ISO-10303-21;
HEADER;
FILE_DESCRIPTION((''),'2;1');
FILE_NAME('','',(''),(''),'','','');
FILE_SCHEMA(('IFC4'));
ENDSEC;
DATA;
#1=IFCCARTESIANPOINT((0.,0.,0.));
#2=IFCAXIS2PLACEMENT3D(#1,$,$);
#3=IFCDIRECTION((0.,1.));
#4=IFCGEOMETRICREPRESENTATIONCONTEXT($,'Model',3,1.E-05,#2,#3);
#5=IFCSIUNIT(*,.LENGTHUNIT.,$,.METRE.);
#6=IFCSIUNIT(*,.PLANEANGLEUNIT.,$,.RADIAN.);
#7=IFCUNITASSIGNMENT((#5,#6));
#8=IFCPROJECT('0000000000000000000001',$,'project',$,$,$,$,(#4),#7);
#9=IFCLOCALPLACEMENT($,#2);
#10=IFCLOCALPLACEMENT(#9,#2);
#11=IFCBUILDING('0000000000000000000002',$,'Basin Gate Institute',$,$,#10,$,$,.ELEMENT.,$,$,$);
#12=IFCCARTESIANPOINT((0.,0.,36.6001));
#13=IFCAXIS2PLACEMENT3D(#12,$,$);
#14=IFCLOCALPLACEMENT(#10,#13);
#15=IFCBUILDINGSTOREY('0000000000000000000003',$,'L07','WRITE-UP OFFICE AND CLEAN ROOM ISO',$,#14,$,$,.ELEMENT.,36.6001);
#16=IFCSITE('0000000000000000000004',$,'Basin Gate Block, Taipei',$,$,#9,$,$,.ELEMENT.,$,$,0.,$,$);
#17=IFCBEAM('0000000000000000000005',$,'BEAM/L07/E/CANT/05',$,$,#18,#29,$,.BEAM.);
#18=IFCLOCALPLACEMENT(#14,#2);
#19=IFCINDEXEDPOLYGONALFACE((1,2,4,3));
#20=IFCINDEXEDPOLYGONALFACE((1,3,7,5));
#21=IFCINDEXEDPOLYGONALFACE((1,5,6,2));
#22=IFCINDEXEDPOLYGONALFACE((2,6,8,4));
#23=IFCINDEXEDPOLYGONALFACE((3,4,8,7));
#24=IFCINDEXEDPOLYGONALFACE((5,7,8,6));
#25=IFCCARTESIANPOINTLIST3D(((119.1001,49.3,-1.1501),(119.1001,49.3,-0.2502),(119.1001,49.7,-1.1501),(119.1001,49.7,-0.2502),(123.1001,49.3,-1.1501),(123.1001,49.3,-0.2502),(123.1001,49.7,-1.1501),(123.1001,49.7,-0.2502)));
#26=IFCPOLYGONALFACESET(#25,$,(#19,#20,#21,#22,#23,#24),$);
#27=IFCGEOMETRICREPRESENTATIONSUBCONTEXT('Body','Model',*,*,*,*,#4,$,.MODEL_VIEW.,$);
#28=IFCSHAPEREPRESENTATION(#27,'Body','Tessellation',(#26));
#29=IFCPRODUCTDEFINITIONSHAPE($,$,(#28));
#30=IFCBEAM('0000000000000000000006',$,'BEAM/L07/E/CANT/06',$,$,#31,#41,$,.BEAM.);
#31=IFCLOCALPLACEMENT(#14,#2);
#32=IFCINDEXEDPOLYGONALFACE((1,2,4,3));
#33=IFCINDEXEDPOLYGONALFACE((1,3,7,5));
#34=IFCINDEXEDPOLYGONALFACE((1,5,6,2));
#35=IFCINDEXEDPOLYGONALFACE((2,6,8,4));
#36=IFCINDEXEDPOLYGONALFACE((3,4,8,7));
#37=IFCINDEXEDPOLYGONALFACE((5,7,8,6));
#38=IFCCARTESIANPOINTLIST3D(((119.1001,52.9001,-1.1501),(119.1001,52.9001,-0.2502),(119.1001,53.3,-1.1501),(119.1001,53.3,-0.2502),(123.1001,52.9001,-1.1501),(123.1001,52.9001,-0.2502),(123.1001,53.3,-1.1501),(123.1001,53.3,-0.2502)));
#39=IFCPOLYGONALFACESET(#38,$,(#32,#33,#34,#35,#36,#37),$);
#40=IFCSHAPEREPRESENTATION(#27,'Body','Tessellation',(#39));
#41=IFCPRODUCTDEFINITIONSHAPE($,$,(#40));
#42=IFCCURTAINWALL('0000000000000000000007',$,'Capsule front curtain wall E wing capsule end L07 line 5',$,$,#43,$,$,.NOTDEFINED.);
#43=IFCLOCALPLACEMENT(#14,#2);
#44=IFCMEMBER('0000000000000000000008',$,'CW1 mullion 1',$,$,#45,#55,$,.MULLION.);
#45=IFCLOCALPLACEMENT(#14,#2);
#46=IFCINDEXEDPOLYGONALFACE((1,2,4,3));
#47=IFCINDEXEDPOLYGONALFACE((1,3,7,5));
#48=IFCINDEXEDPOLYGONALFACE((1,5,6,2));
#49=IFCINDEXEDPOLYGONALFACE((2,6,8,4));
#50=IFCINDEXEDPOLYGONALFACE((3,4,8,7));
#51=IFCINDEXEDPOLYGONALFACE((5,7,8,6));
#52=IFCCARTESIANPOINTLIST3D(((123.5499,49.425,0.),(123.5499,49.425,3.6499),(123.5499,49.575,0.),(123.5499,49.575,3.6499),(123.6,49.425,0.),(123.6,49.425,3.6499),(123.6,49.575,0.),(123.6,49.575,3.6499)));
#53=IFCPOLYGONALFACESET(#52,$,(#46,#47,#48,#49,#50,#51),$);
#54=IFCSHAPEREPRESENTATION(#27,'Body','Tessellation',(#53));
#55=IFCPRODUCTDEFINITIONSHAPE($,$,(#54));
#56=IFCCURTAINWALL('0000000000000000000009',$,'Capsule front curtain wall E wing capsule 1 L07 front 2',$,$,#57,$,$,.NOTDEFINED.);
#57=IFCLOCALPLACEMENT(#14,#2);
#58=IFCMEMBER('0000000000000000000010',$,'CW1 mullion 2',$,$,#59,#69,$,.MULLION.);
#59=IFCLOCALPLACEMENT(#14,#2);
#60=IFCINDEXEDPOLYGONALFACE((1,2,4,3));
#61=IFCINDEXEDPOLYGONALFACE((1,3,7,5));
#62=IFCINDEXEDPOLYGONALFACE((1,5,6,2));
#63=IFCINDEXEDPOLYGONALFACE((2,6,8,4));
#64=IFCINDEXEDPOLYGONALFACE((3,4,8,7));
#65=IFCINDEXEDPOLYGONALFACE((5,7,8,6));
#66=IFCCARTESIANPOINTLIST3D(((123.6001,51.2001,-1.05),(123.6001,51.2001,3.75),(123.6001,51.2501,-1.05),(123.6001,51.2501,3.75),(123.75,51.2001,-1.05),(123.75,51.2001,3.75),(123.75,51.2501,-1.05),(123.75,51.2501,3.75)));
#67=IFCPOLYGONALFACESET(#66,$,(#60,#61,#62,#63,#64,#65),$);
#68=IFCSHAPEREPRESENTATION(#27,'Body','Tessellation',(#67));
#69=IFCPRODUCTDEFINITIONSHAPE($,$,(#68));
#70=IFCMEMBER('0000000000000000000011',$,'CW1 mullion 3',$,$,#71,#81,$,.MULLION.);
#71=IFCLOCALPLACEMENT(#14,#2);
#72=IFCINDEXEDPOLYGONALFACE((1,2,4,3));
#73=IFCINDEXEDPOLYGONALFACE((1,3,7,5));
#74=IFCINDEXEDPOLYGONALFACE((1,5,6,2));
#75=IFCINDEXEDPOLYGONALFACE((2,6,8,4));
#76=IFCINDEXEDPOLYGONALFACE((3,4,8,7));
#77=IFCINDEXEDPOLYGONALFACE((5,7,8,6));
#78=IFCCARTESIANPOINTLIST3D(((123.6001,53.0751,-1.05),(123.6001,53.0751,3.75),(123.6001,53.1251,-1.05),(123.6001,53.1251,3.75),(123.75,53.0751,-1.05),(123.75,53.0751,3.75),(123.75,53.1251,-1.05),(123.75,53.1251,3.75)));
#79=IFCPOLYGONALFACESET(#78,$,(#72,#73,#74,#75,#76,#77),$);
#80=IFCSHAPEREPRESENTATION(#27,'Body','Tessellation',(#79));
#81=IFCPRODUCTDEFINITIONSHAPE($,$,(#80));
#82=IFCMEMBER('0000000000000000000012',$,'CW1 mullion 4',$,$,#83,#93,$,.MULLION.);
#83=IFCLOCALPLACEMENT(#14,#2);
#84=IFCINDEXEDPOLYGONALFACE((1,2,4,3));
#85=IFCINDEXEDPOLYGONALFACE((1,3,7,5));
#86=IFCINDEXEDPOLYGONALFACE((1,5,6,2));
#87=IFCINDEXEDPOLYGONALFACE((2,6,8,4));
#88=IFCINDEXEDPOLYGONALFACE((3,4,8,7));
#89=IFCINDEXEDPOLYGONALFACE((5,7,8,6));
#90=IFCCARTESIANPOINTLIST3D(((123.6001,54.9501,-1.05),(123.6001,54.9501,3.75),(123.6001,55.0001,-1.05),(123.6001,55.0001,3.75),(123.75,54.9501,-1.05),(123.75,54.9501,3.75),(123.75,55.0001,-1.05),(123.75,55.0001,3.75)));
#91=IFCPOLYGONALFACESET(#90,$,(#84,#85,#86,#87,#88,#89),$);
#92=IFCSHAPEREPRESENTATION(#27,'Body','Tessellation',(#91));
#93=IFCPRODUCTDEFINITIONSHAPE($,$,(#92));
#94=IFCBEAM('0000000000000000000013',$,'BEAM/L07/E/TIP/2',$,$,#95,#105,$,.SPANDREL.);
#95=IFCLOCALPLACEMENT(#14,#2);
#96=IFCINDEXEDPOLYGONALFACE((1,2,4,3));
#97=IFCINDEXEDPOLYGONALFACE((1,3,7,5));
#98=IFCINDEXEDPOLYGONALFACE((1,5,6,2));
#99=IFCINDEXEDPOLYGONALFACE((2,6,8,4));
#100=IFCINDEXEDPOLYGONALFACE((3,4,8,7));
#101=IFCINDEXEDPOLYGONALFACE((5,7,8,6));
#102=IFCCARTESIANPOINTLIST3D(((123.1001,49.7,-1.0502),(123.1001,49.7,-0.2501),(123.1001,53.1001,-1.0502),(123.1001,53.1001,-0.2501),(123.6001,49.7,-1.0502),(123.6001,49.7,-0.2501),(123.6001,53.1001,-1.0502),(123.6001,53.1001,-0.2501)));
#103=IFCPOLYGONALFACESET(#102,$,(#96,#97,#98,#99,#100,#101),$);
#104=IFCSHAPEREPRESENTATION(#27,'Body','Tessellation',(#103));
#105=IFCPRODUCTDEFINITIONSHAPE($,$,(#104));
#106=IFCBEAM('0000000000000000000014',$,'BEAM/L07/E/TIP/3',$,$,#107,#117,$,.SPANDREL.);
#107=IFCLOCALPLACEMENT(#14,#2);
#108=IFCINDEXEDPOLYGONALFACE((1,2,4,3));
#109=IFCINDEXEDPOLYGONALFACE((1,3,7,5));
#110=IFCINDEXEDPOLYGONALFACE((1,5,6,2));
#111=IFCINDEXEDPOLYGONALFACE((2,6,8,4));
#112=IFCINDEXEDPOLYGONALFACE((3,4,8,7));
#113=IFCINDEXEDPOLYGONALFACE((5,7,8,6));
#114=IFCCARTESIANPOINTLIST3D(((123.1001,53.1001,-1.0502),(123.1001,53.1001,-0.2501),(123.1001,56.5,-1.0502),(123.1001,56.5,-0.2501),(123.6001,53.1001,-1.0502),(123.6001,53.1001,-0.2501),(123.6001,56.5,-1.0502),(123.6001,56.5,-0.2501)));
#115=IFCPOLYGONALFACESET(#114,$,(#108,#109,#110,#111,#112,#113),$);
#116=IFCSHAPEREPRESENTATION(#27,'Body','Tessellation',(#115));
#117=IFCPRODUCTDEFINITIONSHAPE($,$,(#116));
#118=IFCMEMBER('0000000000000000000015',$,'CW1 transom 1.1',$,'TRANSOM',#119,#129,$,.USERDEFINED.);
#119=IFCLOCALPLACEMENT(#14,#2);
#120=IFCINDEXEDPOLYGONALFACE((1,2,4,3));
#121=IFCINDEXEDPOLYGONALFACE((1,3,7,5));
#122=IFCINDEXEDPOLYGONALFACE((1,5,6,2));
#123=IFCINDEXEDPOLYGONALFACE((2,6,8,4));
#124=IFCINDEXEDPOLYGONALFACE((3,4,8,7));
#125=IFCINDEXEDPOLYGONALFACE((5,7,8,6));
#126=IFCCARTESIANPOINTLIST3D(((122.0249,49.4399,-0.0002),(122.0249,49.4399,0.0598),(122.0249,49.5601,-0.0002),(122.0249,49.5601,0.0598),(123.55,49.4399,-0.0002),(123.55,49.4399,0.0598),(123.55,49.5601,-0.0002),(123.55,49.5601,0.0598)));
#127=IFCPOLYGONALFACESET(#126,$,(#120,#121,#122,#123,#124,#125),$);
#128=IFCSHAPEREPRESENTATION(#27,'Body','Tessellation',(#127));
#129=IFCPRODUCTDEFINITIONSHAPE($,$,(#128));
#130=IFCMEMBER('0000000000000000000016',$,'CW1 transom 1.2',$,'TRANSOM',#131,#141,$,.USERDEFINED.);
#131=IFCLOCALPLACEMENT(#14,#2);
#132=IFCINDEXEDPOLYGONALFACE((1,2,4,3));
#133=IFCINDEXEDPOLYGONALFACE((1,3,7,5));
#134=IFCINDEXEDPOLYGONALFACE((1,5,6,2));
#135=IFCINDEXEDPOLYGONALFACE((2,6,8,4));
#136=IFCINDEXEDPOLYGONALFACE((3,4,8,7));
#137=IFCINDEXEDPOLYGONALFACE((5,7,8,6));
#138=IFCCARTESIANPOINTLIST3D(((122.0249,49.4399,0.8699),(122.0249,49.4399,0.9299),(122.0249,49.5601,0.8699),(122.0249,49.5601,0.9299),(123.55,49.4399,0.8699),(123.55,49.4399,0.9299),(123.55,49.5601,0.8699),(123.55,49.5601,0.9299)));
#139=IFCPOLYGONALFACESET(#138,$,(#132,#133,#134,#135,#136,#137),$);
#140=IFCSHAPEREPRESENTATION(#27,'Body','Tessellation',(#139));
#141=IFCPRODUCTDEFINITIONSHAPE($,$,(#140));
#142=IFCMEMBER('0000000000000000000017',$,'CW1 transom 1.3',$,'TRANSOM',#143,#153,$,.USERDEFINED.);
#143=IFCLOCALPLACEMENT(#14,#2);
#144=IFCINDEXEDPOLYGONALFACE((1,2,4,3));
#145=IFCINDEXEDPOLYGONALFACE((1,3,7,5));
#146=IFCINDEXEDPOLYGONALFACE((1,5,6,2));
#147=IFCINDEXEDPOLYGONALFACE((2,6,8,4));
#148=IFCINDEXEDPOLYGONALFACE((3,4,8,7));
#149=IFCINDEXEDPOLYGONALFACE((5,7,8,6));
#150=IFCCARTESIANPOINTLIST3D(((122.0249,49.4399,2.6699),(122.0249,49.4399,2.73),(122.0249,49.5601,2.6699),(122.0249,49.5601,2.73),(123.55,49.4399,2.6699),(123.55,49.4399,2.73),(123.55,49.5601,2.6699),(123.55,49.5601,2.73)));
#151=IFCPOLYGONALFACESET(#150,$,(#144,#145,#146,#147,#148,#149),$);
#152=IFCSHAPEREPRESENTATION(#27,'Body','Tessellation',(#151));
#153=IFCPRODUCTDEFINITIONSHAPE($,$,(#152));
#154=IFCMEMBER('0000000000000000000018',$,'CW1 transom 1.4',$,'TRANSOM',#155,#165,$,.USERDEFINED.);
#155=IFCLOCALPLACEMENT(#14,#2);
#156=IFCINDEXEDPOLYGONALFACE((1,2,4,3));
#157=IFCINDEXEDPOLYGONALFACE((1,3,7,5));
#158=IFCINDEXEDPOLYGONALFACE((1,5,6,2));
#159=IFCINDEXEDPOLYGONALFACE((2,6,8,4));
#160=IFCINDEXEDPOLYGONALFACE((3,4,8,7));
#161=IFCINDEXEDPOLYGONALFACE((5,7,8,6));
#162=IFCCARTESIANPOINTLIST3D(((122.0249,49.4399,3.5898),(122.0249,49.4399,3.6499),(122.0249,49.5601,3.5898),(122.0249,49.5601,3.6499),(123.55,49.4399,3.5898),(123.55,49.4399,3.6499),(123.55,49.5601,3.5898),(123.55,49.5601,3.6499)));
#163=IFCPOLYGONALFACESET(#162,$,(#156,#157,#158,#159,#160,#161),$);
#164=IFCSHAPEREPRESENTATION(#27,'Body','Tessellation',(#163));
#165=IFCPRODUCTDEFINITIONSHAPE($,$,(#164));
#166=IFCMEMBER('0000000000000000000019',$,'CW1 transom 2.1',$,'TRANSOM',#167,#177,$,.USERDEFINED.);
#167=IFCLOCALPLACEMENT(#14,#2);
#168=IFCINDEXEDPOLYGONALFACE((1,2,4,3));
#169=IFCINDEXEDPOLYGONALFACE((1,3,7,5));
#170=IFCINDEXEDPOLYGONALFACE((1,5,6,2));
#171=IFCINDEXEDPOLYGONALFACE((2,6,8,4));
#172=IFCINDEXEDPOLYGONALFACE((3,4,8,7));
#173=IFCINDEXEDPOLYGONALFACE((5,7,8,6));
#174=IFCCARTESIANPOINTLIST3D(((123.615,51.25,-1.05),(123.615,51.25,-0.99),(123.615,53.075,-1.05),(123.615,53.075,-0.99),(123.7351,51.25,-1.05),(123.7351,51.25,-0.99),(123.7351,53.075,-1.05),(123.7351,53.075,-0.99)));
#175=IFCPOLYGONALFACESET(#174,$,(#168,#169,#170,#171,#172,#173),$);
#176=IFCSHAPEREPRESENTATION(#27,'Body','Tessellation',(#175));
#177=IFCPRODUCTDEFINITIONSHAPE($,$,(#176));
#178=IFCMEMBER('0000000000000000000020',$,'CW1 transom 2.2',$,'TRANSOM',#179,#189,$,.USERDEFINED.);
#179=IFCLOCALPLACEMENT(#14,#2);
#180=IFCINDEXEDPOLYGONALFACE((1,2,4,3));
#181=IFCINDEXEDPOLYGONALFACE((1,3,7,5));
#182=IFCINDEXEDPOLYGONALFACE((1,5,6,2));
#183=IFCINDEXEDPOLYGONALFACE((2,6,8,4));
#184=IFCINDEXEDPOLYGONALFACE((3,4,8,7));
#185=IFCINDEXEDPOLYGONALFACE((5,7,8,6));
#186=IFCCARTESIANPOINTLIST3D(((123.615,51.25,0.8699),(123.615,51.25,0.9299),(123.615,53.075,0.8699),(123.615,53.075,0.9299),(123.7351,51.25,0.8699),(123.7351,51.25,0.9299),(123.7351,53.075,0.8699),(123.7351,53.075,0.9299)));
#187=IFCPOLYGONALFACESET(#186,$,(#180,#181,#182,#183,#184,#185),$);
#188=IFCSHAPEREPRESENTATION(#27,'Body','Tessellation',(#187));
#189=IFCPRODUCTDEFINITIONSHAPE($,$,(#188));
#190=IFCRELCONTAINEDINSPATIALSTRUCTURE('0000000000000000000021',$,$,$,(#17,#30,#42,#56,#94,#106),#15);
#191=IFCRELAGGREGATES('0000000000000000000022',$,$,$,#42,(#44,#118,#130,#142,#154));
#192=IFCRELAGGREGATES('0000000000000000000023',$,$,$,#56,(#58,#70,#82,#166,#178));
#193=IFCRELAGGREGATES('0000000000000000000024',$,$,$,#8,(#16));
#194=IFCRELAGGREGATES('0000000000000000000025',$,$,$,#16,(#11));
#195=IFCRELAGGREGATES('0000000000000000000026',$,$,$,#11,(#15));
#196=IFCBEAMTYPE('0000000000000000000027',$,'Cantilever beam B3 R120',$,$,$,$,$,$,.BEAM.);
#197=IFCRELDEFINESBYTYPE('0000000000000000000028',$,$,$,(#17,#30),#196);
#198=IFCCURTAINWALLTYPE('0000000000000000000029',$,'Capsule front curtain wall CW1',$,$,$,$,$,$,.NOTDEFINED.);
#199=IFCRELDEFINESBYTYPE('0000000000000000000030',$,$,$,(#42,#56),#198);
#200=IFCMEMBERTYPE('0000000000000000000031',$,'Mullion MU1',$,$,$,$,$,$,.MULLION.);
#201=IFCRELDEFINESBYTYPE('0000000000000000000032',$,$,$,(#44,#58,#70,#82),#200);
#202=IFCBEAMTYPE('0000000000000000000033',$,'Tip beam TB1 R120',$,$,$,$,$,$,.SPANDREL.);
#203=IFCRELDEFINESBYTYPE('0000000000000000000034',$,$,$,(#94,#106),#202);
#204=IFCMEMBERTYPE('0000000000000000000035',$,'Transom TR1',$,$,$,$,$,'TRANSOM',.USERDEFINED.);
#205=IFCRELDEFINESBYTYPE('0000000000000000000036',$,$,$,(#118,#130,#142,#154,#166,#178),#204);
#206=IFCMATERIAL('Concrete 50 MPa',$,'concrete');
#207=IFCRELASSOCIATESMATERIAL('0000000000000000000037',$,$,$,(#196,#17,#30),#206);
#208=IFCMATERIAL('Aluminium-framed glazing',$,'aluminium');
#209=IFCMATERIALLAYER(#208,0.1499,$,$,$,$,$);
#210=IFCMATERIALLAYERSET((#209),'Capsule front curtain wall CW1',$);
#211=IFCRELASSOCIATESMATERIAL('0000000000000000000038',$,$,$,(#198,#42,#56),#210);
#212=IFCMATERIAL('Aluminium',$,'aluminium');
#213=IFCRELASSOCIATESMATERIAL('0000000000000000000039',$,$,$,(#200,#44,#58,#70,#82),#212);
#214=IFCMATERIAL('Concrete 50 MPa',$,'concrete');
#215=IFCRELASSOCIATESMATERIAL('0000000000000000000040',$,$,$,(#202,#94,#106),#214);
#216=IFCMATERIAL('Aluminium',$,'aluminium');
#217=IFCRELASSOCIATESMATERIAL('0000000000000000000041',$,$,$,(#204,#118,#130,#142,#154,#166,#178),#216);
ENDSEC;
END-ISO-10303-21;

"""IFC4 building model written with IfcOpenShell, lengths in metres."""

from ifc_helpers import new_model, si_unit, direction, frame, origin, origin_2d, place, context, subcontext, project, spatial, rectangle, extrude, material, layer, layer_set, material_profile, profile_set, type_object, element, aggregate, save


model = new_model("IFC4")

# Units and contexts
model_context = context("Model", 3, precision=1e-05, world=origin(), true_north=direction((0.0, 1.0)))
body_context = subcontext(model_context, "Body", "Model", "MODEL_VIEW")
ifc_project = project(units=[si_unit("LENGTHUNIT", "METRE"), si_unit("PLANEANGLEUNIT", "RADIAN")], contexts=[model_context])

# Site, building, storey
site_placement = place(None, origin())
site = spatial("IfcSite", under=ifc_project, at=site_placement, Name="Basin Gate Block, Taipei", CompositionType="ELEMENT", RefElevation=0.0)
building_placement = place(site_placement, origin())
building = spatial("IfcBuilding", under=site, at=building_placement, Name="Basin Gate Institute", CompositionType="ELEMENT")
storey_placement = place(building_placement, frame((0.0, 0.0, 36.6001)))
storey = spatial("IfcBuildingStorey", under=building, at=storey_placement, Name="L07", Description="WRITE-UP OFFICE AND CLEAN ROOM ISO", CompositionType="ELEMENT", Elevation=36.6001)

# Beams
ifc_material_1 = material(Name="Concrete 50 MPa", Category="concrete")
ifc_material_profile_1 = material_profile(ifc_material_1, rectangle(XDim=0.3999, YDim=0.8999, at=origin_2d()), Name="Cantilever beam B3 400 x 900")
ifc_profile_set_1 = profile_set([ifc_material_profile_1], Name="Concrete 50 MPa")
beam_type_1 = type_object("IfcBeamType", Name="Cantilever beam B3 R120", PredefinedType="BEAM", material=ifc_profile_set_1)
for number, where, z_axis, x_axis, name in (
    (1, (123.1001, 49.5, -0.7002), (-1.0, 0.0, 0.0), (0.0, -1.0, 0.0), "BEAM/L07/E/CANT/05"),
    (2, (123.1001, 53.1001, -0.7002), (-1.0, 0.0, 0.0), (0.0, -1.0, 0.0), "BEAM/L07/E/CANT/06"),
):
    element("IfcBeam", number, at=place(storey_placement, frame(where, z_axis=z_axis, x_axis=x_axis)), inside=storey, type_object=beam_type_1, material=ifc_profile_set_1, Name=name, PredefinedType="BEAM", context=body_context, shape_type="SweptSolid", body=[
        extrude(rectangle(XDim=0.3999, YDim=0.8999, at=origin_2d()), origin(), (0.0, 0.0, 1.0), 4.0),
    ])

# Curtain wall, member
ifc_material_2 = material(Name="Aluminium-framed glazing", Category="aluminium")
ifc_layer_1 = layer(ifc_material_2, 0.1499)
ifc_layer_set_1 = layer_set([ifc_layer_1], Name="Capsule front curtain wall CW1")
curtain_wall_type = type_object("IfcCurtainWallType", Name="Capsule front curtain wall CW1", PredefinedType="NOTDEFINED", material=ifc_layer_set_1)
curtain_wall_1_placement = place(storey_placement, origin())
curtain_wall_1 = element("IfcCurtainWall", 3, at=curtain_wall_1_placement, inside=storey, type_object=curtain_wall_type, material=ifc_layer_set_1, Name="Capsule front curtain wall E wing capsule end L07 line 5", PredefinedType="NOTDEFINED")
ifc_material_3 = material(Name="Aluminium", Category="aluminium")
ifc_material_profile_2 = material_profile(ifc_material_3, rectangle(XDim=0.1499, YDim=0.05, at=origin_2d()), Name="Mullion MU1 150 x 50")
ifc_profile_set_2 = profile_set([ifc_material_profile_2], Name="Aluminium")
member_type_1 = type_object("IfcMemberType", Name="Mullion MU1", PredefinedType="MULLION", material=ifc_profile_set_2)
member_1_placement = place(storey_placement, frame((123.575, 49.5, 0.0), z_axis=(0.0, 0.0, 1.0), x_axis=(0.0, -1.0, 0.0)))
member_1 = element("IfcMember", 4, at=member_1_placement, type_object=member_type_1, material=ifc_profile_set_2, Name="CW1 mullion 1", PredefinedType="MULLION", context=body_context, shape_type="SweptSolid", body=[
    extrude(rectangle(XDim=0.1499, YDim=0.05, at=origin_2d()), origin(), (0.0, 0.0, 1.0), 3.6499),
])

# Curtain wall, members
curtain_wall_2_placement = place(storey_placement, origin())
curtain_wall_2 = element("IfcCurtainWall", 5, at=curtain_wall_2_placement, inside=storey, type_object=curtain_wall_type, material=ifc_layer_set_1, Name="Capsule front curtain wall E wing capsule 1 L07 front 2", PredefinedType="NOTDEFINED")
member_2_placement = place(storey_placement, frame((123.675, 51.2251, -1.05), z_axis=(0.0, 0.0, 1.0), x_axis=(-1.0, 0.0, 0.0)))
member_2 = element("IfcMember", 6, at=member_2_placement, type_object=member_type_1, material=ifc_profile_set_2, Name="CW1 mullion 2", PredefinedType="MULLION", context=body_context, shape_type="SweptSolid", body=[
    extrude(rectangle(XDim=0.1499, YDim=0.05, at=origin_2d()), origin(), (0.0, 0.0, 1.0), 4.8),
])
member_3_placement = place(storey_placement, frame((123.675, 53.1001, -1.05), z_axis=(0.0, 0.0, 1.0), x_axis=(-1.0, 0.0, 0.0)))
member_3 = element("IfcMember", 7, at=member_3_placement, type_object=member_type_1, material=ifc_profile_set_2, Name="CW1 mullion 3", PredefinedType="MULLION", context=body_context, shape_type="SweptSolid", body=[
    extrude(rectangle(XDim=0.1499, YDim=0.05, at=origin_2d()), origin(), (0.0, 0.0, 1.0), 4.8),
])
member_4_placement = place(storey_placement, frame((123.675, 54.9751, -1.05), z_axis=(0.0, 0.0, 1.0), x_axis=(-1.0, 0.0, 0.0)))
member_4 = element("IfcMember", 8, at=member_4_placement, type_object=member_type_1, material=ifc_profile_set_2, Name="CW1 mullion 4", PredefinedType="MULLION", context=body_context, shape_type="SweptSolid", body=[
    extrude(rectangle(XDim=0.1499, YDim=0.05, at=origin_2d()), origin(), (0.0, 0.0, 1.0), 4.8),
])

# Beams
ifc_material_4 = material(Name="Concrete 50 MPa", Category="concrete")
ifc_material_profile_3 = material_profile(ifc_material_4, rectangle(XDim=0.5, YDim=0.8, at=origin_2d()), Name="Tip beam TB1 500 x 800")
ifc_profile_set_3 = profile_set([ifc_material_profile_3], Name="Concrete 50 MPa")
beam_type_2 = type_object("IfcBeamType", Name="Tip beam TB1 R120", PredefinedType="SPANDREL", material=ifc_profile_set_3)
beam_1_placement = place(storey_placement, frame((123.3501, 49.7, -0.6501), z_axis=(0.0, 1.0, 0.0), x_axis=(-1.0, 0.0, 0.0)))
element("IfcBeam", 9, at=beam_1_placement, inside=storey, type_object=beam_type_2, material=ifc_profile_set_3, Name="BEAM/L07/E/TIP/2", PredefinedType="SPANDREL", context=body_context, shape_type="SweptSolid", body=[
    extrude(rectangle(XDim=0.5, YDim=0.8, at=origin_2d()), origin(), (0.0, 0.0, 1.0), 3.4001),
])
beam_2_placement = place(storey_placement, frame((123.3501, 53.1001, -0.6501), z_axis=(0.0, 1.0, 0.0), x_axis=(-1.0, 0.0, 0.0)))
element("IfcBeam", 10, at=beam_2_placement, inside=storey, type_object=beam_type_2, material=ifc_profile_set_3, Name="BEAM/L07/E/TIP/3", PredefinedType="SPANDREL", context=body_context, shape_type="SweptSolid", body=[
    extrude(rectangle(XDim=0.5, YDim=0.8, at=origin_2d()), origin(), (0.0, 0.0, 1.0), 3.3999),
])

# Members
ifc_material_5 = material(Name="Aluminium", Category="aluminium")
ifc_material_profile_4 = material_profile(ifc_material_5, rectangle(XDim=0.1201, YDim=0.0601, at=origin_2d()), Name="Transom TR1 120 x 60")
ifc_profile_set_4 = profile_set([ifc_material_profile_4], Name="Aluminium")
member_type_2 = type_object("IfcMemberType", Name="Transom TR1", ElementType="TRANSOM", PredefinedType="USERDEFINED", material=ifc_profile_set_4)
member_5_placement = place(storey_placement, frame((123.55, 49.5, 0.0298), z_axis=(-1.0, 0.0, 0.0), x_axis=(0.0, -1.0, 0.0)))
member_5 = element("IfcMember", 11, at=member_5_placement, type_object=member_type_2, material=ifc_profile_set_4, Name="CW1 transom 1.1", ObjectType="TRANSOM", PredefinedType="USERDEFINED", context=body_context, shape_type="SweptSolid", body=[
    extrude(rectangle(XDim=0.1201, YDim=0.0601, at=origin_2d()), origin(), (0.0, 0.0, 1.0), 1.5251),
])
member_6_placement = place(storey_placement, frame((123.55, 49.5, 0.8999), z_axis=(-1.0, 0.0, 0.0), x_axis=(0.0, -1.0, 0.0)))
member_6 = element("IfcMember", 12, at=member_6_placement, type_object=member_type_2, material=ifc_profile_set_4, Name="CW1 transom 1.2", ObjectType="TRANSOM", PredefinedType="USERDEFINED", context=body_context, shape_type="SweptSolid", body=[
    extrude(rectangle(XDim=0.1201, YDim=0.0601, at=origin_2d()), origin(), (0.0, 0.0, 1.0), 1.5251),
])
member_7_placement = place(storey_placement, frame((123.55, 49.5, 2.7), z_axis=(-1.0, 0.0, 0.0), x_axis=(0.0, -1.0, 0.0)))
member_7 = element("IfcMember", 13, at=member_7_placement, type_object=member_type_2, material=ifc_profile_set_4, Name="CW1 transom 1.3", ObjectType="TRANSOM", PredefinedType="USERDEFINED", context=body_context, shape_type="SweptSolid", body=[
    extrude(rectangle(XDim=0.1201, YDim=0.0601, at=origin_2d()), origin(), (0.0, 0.0, 1.0), 1.5251),
])
member_8_placement = place(storey_placement, frame((123.55, 49.5, 3.6199), z_axis=(-1.0, 0.0, 0.0), x_axis=(0.0, -1.0, 0.0)))
member_8 = element("IfcMember", 14, at=member_8_placement, type_object=member_type_2, material=ifc_profile_set_4, Name="CW1 transom 1.4", ObjectType="TRANSOM", PredefinedType="USERDEFINED", context=body_context, shape_type="SweptSolid", body=[
    extrude(rectangle(XDim=0.1201, YDim=0.0601, at=origin_2d()), origin(), (0.0, 0.0, 1.0), 1.5251),
])
member_9_placement = place(storey_placement, frame((123.675, 51.25, -1.02), z_axis=(0.0, 1.0, 0.0), x_axis=(-1.0, 0.0, 0.0)))
member_9 = element("IfcMember", 15, at=member_9_placement, type_object=member_type_2, material=ifc_profile_set_4, Name="CW1 transom 2.1", ObjectType="TRANSOM", PredefinedType="USERDEFINED", context=body_context, shape_type="SweptSolid", body=[
    extrude(rectangle(XDim=0.1201, YDim=0.0601, at=origin_2d()), origin(), (0.0, 0.0, 1.0), 1.825),
])
member_10_placement = place(storey_placement, frame((123.675, 51.25, 0.8999), z_axis=(0.0, 1.0, 0.0), x_axis=(-1.0, 0.0, 0.0)))
member_10 = element("IfcMember", 16, at=member_10_placement, type_object=member_type_2, material=ifc_profile_set_4, Name="CW1 transom 2.2", ObjectType="TRANSOM", PredefinedType="USERDEFINED", context=body_context, shape_type="SweptSolid", body=[
    extrude(rectangle(XDim=0.1201, YDim=0.0601, at=origin_2d()), origin(), (0.0, 0.0, 1.0), 1.825),
])

aggregate(curtain_wall_1, [member_1, member_5, member_6, member_7, member_8])
aggregate(curtain_wall_2, [member_2, member_3, member_4, member_9, member_10])

save(model, "model.ifc")
